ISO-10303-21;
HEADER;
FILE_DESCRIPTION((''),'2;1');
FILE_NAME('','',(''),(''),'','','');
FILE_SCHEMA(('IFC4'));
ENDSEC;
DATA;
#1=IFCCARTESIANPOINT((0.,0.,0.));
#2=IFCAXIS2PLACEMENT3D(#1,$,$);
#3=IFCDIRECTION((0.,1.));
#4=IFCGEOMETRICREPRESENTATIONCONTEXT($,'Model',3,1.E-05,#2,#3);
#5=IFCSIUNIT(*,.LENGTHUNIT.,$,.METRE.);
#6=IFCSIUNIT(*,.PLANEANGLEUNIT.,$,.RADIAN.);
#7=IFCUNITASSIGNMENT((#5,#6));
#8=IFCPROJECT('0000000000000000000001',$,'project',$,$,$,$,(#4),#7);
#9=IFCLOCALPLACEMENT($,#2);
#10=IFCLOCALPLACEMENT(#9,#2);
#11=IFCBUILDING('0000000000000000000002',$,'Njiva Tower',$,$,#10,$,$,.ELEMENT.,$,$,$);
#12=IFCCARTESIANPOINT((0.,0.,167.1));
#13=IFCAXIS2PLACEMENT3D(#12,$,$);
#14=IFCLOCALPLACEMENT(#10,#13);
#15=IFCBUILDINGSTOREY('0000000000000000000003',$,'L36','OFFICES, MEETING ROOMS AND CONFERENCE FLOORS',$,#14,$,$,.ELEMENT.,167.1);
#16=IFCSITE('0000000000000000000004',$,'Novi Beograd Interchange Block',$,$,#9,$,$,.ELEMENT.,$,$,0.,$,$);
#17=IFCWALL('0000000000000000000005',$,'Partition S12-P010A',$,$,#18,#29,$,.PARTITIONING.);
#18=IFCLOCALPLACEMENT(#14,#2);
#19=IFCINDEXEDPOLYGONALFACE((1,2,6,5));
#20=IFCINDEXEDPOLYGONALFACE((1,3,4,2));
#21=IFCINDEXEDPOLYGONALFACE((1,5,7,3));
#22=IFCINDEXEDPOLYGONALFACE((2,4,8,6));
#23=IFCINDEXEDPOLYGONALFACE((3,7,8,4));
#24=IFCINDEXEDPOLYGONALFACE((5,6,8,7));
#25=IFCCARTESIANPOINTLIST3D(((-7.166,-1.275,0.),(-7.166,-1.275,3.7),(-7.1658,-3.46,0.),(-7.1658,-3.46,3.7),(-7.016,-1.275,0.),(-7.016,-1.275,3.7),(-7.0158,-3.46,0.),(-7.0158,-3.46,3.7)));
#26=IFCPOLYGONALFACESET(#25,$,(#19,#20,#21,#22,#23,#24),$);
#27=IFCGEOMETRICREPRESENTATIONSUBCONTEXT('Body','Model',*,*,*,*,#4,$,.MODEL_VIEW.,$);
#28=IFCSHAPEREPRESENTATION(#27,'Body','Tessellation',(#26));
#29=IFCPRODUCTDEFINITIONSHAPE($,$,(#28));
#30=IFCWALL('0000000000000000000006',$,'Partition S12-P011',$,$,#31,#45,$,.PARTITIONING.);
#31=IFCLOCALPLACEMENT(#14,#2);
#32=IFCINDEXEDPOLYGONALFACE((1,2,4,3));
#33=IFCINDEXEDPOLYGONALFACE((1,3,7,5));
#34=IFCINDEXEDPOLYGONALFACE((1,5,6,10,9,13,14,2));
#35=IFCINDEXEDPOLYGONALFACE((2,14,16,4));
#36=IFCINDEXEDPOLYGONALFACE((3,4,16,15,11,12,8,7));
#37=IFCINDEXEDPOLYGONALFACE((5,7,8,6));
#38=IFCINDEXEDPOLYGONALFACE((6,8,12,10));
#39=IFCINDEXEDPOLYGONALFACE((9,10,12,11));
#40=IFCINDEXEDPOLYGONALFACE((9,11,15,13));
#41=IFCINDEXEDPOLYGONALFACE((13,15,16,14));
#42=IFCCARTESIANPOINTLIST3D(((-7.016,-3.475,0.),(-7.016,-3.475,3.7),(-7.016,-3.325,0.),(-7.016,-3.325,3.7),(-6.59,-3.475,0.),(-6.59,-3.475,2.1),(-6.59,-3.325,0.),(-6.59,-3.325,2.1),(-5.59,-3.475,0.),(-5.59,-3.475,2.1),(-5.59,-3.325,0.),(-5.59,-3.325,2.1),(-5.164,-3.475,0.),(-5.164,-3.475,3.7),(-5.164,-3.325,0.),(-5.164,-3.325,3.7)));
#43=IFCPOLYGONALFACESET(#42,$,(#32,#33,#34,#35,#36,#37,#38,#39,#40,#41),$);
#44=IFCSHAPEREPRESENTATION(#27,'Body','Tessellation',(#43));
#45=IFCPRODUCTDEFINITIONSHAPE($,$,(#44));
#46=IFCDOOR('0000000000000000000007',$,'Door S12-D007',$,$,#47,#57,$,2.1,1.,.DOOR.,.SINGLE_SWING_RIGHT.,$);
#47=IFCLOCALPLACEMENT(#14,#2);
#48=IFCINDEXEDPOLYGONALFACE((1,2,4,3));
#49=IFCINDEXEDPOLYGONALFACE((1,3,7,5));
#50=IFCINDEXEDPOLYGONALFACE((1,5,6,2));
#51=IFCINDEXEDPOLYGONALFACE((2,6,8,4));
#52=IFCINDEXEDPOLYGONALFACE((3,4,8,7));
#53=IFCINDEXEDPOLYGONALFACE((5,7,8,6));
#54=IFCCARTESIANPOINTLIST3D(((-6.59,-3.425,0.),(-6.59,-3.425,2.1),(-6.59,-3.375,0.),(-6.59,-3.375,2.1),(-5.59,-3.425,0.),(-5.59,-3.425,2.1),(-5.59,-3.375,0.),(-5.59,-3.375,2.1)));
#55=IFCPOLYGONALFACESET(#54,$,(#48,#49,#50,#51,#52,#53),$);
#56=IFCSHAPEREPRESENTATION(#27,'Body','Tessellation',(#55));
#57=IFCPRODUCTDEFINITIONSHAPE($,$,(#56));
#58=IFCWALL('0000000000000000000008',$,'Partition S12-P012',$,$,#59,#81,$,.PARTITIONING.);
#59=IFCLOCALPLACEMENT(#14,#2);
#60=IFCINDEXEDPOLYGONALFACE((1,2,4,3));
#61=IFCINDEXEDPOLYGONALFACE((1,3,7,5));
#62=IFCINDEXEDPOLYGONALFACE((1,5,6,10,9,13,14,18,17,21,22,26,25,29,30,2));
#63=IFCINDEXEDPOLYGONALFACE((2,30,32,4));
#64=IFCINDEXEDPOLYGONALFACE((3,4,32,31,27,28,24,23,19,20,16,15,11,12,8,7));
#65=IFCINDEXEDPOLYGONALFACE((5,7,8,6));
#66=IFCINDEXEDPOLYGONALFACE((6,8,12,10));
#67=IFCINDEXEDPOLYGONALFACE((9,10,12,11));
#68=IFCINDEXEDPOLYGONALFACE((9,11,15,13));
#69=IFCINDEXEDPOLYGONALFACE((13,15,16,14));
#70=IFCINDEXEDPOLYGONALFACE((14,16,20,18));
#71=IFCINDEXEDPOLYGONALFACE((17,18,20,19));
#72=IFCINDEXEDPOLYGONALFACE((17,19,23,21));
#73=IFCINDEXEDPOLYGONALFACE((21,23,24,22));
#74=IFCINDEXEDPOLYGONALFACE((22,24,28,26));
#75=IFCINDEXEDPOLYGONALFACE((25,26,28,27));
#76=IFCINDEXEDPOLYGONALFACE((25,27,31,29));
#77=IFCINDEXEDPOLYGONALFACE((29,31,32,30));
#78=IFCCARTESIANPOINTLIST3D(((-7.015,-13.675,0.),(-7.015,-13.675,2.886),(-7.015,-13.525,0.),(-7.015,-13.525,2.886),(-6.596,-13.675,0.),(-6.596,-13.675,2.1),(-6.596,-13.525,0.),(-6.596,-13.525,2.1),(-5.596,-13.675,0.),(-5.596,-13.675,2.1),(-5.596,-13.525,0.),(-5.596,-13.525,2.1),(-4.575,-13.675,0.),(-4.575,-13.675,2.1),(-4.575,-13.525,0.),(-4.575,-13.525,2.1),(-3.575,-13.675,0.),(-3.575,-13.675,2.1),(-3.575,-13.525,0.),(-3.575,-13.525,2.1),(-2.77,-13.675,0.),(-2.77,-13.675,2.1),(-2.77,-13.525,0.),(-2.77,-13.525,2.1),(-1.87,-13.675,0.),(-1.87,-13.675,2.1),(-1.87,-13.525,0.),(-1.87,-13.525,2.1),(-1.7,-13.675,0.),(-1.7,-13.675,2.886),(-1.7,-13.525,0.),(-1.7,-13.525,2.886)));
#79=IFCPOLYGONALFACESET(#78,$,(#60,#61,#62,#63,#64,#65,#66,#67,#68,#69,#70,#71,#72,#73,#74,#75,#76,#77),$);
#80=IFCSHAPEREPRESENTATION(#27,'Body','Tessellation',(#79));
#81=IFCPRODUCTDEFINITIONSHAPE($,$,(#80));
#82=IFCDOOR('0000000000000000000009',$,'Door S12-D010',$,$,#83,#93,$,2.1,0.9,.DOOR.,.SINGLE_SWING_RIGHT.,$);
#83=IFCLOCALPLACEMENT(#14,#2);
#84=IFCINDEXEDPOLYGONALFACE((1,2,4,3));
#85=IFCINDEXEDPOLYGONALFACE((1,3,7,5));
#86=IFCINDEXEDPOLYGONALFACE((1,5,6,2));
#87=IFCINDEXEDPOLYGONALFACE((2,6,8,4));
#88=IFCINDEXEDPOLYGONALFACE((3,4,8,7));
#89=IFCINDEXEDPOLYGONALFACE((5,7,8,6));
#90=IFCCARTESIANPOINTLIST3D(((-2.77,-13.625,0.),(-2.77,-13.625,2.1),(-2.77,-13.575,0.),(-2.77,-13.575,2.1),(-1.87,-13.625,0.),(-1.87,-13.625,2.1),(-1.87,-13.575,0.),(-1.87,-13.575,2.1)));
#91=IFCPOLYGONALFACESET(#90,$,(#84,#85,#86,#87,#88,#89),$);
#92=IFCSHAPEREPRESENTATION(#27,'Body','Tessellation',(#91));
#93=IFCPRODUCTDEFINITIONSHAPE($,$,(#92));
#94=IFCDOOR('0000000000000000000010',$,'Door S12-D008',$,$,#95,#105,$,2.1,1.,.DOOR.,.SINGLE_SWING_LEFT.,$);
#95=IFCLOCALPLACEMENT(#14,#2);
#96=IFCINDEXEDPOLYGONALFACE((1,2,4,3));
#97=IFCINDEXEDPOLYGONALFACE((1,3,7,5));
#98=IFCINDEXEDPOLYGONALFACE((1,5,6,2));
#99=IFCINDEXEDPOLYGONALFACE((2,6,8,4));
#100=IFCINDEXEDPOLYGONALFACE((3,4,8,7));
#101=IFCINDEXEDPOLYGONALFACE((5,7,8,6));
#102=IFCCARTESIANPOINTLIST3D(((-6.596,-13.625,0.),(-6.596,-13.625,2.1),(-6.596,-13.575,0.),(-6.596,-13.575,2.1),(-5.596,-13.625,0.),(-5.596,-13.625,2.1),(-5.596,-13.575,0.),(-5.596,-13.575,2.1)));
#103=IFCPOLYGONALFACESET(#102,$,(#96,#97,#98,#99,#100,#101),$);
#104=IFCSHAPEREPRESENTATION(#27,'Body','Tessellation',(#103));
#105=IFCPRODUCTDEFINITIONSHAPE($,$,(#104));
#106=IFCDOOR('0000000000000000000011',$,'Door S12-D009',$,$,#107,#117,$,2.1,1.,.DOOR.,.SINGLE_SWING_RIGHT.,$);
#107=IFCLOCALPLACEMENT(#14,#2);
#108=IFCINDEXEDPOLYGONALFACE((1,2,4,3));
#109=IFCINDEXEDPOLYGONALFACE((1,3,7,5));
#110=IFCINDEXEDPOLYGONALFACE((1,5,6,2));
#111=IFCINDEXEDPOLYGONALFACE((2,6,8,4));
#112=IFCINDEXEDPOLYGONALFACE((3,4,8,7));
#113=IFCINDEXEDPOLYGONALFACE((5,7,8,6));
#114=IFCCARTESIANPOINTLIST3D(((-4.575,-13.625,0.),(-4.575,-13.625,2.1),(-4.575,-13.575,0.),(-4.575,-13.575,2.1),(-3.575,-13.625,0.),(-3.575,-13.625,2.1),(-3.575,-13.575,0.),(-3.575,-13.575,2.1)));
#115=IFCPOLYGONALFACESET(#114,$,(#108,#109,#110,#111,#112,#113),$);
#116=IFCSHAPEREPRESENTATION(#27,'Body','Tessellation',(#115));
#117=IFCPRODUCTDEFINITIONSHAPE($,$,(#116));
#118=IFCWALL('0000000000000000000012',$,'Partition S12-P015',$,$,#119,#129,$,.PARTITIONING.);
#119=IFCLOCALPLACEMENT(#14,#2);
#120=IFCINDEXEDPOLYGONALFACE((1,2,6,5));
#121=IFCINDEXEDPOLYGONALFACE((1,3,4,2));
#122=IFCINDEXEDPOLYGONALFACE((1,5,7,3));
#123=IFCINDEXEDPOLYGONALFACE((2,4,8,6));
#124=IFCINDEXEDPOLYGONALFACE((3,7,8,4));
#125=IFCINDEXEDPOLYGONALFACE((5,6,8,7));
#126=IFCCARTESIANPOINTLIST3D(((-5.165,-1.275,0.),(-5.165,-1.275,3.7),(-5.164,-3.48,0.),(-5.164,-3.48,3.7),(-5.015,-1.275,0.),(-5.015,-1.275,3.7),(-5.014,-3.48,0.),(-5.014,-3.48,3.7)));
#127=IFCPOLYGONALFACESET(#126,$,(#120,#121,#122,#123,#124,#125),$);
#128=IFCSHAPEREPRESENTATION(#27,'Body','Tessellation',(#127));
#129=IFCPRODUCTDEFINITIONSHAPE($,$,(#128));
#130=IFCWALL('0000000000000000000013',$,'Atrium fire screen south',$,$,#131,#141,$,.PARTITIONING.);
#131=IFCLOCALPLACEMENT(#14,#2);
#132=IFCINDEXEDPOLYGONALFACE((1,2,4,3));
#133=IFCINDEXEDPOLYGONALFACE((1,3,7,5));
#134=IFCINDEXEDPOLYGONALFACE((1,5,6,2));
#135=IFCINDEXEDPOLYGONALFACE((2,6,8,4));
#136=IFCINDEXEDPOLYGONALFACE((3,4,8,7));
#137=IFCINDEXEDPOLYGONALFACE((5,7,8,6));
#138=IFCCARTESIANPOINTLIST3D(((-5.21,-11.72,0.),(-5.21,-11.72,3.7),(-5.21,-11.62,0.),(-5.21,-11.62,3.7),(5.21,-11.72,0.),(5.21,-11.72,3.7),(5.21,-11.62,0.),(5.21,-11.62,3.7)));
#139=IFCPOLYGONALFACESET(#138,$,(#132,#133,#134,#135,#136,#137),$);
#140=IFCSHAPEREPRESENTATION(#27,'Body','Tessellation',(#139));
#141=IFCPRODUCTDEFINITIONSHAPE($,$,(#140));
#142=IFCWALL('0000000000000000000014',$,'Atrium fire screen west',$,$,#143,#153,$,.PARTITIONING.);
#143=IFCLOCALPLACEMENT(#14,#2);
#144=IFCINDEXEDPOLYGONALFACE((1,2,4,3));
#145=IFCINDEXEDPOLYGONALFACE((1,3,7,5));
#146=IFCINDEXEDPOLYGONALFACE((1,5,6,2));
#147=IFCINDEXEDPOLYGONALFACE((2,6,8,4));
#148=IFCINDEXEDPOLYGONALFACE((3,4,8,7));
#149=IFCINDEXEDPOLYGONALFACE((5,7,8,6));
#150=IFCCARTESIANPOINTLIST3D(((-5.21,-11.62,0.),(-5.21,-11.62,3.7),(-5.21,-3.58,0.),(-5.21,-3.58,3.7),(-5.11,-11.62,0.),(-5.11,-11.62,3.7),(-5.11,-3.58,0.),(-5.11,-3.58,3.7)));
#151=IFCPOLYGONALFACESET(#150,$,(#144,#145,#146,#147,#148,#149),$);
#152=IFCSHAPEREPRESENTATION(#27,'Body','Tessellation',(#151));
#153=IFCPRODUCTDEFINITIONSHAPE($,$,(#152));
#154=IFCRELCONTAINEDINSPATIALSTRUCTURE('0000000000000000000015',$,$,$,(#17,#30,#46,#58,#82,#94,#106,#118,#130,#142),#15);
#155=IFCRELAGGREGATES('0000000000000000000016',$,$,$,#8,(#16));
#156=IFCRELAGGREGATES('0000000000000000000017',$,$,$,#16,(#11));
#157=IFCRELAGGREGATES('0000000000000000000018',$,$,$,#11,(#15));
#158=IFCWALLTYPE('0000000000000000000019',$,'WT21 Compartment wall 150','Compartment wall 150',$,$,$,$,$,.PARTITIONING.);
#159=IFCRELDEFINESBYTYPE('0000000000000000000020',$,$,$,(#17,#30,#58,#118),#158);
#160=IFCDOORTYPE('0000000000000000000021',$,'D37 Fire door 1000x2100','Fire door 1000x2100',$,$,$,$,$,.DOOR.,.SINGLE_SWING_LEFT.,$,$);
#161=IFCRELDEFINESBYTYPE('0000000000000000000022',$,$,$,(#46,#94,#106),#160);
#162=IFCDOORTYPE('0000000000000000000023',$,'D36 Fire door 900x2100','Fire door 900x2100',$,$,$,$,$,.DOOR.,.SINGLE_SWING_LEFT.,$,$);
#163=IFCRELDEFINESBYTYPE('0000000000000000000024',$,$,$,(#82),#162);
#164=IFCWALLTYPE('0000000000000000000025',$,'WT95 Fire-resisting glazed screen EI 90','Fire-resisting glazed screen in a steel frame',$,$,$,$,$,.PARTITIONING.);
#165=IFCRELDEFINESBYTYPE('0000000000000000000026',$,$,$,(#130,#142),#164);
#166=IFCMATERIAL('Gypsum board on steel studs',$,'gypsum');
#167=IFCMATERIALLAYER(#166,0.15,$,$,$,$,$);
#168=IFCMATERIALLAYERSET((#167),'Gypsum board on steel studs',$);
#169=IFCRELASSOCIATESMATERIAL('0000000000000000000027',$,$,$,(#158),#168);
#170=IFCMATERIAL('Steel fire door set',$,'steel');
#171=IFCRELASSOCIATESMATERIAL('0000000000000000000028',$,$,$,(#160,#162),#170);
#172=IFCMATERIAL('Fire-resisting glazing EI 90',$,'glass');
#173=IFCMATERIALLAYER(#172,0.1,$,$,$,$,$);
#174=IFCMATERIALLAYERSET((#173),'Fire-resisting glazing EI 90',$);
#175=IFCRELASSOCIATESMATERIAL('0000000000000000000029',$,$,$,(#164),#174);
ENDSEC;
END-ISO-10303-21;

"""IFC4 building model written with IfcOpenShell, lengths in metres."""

from ifc_helpers import new_model, si_unit, direction, frame, frame_2d, origin, place, context, subcontext, project, spatial, rectangle, extrude, material, layer, layer_set, type_object, element, fill, save


model = new_model("IFC4")

# Units and contexts
model_context = context("Model", 3, precision=1e-05, world=origin(), true_north=direction((0.0, 1.0)))
body_context = subcontext(model_context, "Body", "Model", "MODEL_VIEW")
ifc_project = project(units=[si_unit("LENGTHUNIT", "METRE"), si_unit("PLANEANGLEUNIT", "RADIAN")], contexts=[model_context])

# Site, building, storey
site_placement = place(None, origin())
site = spatial("IfcSite", under=ifc_project, at=site_placement, Name="Novi Beograd Interchange Block", CompositionType="ELEMENT", RefElevation=0.0)
building_placement = place(site_placement, origin())
building = spatial("IfcBuilding", under=site, at=building_placement, Name="Njiva Tower", CompositionType="ELEMENT")
storey_placement = place(building_placement, frame((0.0, 0.0, 167.1)))
storey = spatial("IfcBuildingStorey", under=building, at=storey_placement, Name="L36", Description="OFFICES, MEETING ROOMS AND CONFERENCE FLOORS", CompositionType="ELEMENT", Elevation=167.1)

# Wall
ifc_material_1 = material(Name="Gypsum board on steel studs", Category="gypsum")
ifc_layer_1 = layer(ifc_material_1, 0.15)
ifc_layer_set_1 = layer_set([ifc_layer_1], Name="Gypsum board on steel studs")
wall_type_1 = type_object("IfcWallType", Name="WT21 Compartment wall 150", Description="Compartment wall 150", PredefinedType="PARTITIONING", material=ifc_layer_set_1)
wall_1_placement = place(storey_placement, frame((-7.0908, -3.46, 0.0), z_axis=(0.0, 0.0, 1.0), x_axis=(-0.000092, 1.0, 0.0)))
element("IfcWall", 1, at=wall_1_placement, inside=storey, type_object=wall_type_1, Name="Partition S12-P010A", PredefinedType="PARTITIONING", context=body_context, shape_type="SweptSolid", body=[
    extrude(rectangle(XDim=2.185, YDim=0.15, at=frame_2d((1.0925, 0.0))), origin(), (0.0, 0.0, 1.0), 3.7),
])

# Wall, opening, door
wall_2_placement = place(storey_placement, frame((-7.016, -3.4, 0.0), z_axis=(0.0, 0.0, 1.0), x_axis=(1.0, 0.0, 0.0)))
wall_2 = element("IfcWall", 2, at=wall_2_placement, inside=storey, type_object=wall_type_1, Name="Partition S12-P011", PredefinedType="PARTITIONING", context=body_context, shape_type="SweptSolid", body=[
    extrude(rectangle(XDim=1.852, YDim=0.15, at=frame_2d((0.926, 0.0))), origin(), (0.0, 0.0, 1.0), 3.7),
])
opening_1_placement = place(wall_2_placement, frame((0.426, 0.0, 0.0)))
opening_1 = element("IfcOpeningElement", 3, at=opening_1_placement, cuts=wall_2, PredefinedType="OPENING", context=body_context, shape_type="SweptSolid", body=[
    extrude(rectangle(XDim=1.0, YDim=2.1, at=frame_2d((0.5, 1.05))), frame((0.0, 0.085, 0.0), z_axis=(0.0, -1.0, 0.0), x_axis=(1.0, 0.0, 0.0)), (0.0, 0.0, 1.0), 0.17),
])
ifc_material_2 = material(Name="Steel fire door set", Category="steel")
door_type_1 = type_object("IfcDoorType", Name="D37 Fire door 1000x2100", Description="Fire door 1000x2100", OperationType="SINGLE_SWING_LEFT", PredefinedType="DOOR", material=ifc_material_2)
door_1_placement = place(opening_1_placement, origin())
door_1 = element("IfcDoor", 4, at=door_1_placement, inside=storey, type_object=door_type_1, Name="Door S12-D007", OperationType="SINGLE_SWING_RIGHT", OverallHeight=2.1, OverallWidth=1.0, PredefinedType="DOOR", context=body_context, shape_type="SweptSolid", body=[
    extrude(rectangle(XDim=1.0, YDim=2.1, at=frame_2d((0.5, 1.05))), frame((0.0, 0.025, 0.0), z_axis=(0.0, -1.0, 0.0), x_axis=(1.0, 0.0, 0.0)), (0.0, 0.0, 1.0), 0.05),
])
fill(opening_1, door_1)

# Wall, openings, doors
wall_3_placement = place(storey_placement, frame((-7.015, -13.6, 0.0), z_axis=(0.0, 0.0, 1.0), x_axis=(1.0, 0.0, 0.0)))
wall_3 = element("IfcWall", 5, at=wall_3_placement, inside=storey, type_object=wall_type_1, Name="Partition S12-P012", PredefinedType="PARTITIONING", context=body_context, shape_type="SweptSolid", body=[
    extrude(rectangle(XDim=5.315, YDim=0.15, at=frame_2d((2.6575, 0.0))), origin(), (0.0, 0.0, 1.0), 2.886),
])
opening_2_placement = place(wall_3_placement, frame((0.419, 0.0, 0.0)))
opening_2 = element("IfcOpeningElement", 6, at=opening_2_placement, cuts=wall_3, PredefinedType="OPENING", context=body_context, shape_type="SweptSolid", body=[
    extrude(rectangle(XDim=1.0, YDim=2.1, at=frame_2d((0.5, 1.05))), frame((0.0, 0.085, 0.0), z_axis=(0.0, -1.0, 0.0), x_axis=(1.0, 0.0, 0.0)), (0.0, 0.0, 1.0), 0.17),
])
opening_3_placement = place(wall_3_placement, frame((2.44, 0.0, 0.0)))
opening_3 = element("IfcOpeningElement", 7, at=opening_3_placement, cuts=wall_3, PredefinedType="OPENING", context=body_context, shape_type="SweptSolid", body=[
    extrude(rectangle(XDim=1.0, YDim=2.1, at=frame_2d((0.5, 1.05))), frame((0.0, 0.085, 0.0), z_axis=(0.0, -1.0, 0.0), x_axis=(1.0, 0.0, 0.0)), (0.0, 0.0, 1.0), 0.17),
])
opening_4_placement = place(wall_3_placement, frame((4.245, 0.0, 0.0)))
opening_4 = element("IfcOpeningElement", 8, at=opening_4_placement, cuts=wall_3, PredefinedType="OPENING", context=body_context, shape_type="SweptSolid", body=[
    extrude(rectangle(XDim=0.9, YDim=2.1, at=frame_2d((0.45, 1.05))), frame((0.0, 0.085, 0.0), z_axis=(0.0, -1.0, 0.0), x_axis=(1.0, 0.0, 0.0)), (0.0, 0.0, 1.0), 0.17),
])
door_type_2 = type_object("IfcDoorType", Name="D36 Fire door 900x2100", Description="Fire door 900x2100", OperationType="SINGLE_SWING_LEFT", PredefinedType="DOOR", material=ifc_material_2)
door_2_placement = place(opening_4_placement, origin())
door_2 = element("IfcDoor", 9, at=door_2_placement, inside=storey, type_object=door_type_2, Name="Door S12-D010", OperationType="SINGLE_SWING_RIGHT", OverallHeight=2.1, OverallWidth=0.9, PredefinedType="DOOR", context=body_context, shape_type="SweptSolid", body=[
    extrude(rectangle(XDim=0.9, YDim=2.1, at=frame_2d((0.45, 1.05))), frame((0.0, 0.025, 0.0), z_axis=(0.0, -1.0, 0.0), x_axis=(1.0, 0.0, 0.0)), (0.0, 0.0, 1.0), 0.05),
])
fill(opening_4, door_2)
door_3_placement = place(opening_2_placement, origin())
door_3 = element("IfcDoor", 10, at=door_3_placement, inside=storey, type_object=door_type_1, Name="Door S12-D008", OperationType="SINGLE_SWING_LEFT", OverallHeight=2.1, OverallWidth=1.0, PredefinedType="DOOR", context=body_context, shape_type="SweptSolid", body=[
    extrude(rectangle(XDim=1.0, YDim=2.1, at=frame_2d((0.5, 1.05))), frame((0.0, 0.025, 0.0), z_axis=(0.0, -1.0, 0.0), x_axis=(1.0, 0.0, 0.0)), (0.0, 0.0, 1.0), 0.05),
])
fill(opening_2, door_3)
door_4_placement = place(opening_3_placement, origin())
door_4 = element("IfcDoor", 11, at=door_4_placement, inside=storey, type_object=door_type_1, Name="Door S12-D009", OperationType="SINGLE_SWING_RIGHT", OverallHeight=2.1, OverallWidth=1.0, PredefinedType="DOOR", context=body_context, shape_type="SweptSolid", body=[
    extrude(rectangle(XDim=1.0, YDim=2.1, at=frame_2d((0.5, 1.05))), frame((0.0, 0.025, 0.0), z_axis=(0.0, -1.0, 0.0), x_axis=(1.0, 0.0, 0.0)), (0.0, 0.0, 1.0), 0.05),
])
fill(opening_3, door_4)

# Walls
wall_4_placement = place(storey_placement, frame((-5.089, -3.48, 0.0), z_axis=(0.0, 0.0, 1.0), x_axis=(-0.000454, 1.0, 0.0)))
element("IfcWall", 12, at=wall_4_placement, inside=storey, type_object=wall_type_1, Name="Partition S12-P015", PredefinedType="PARTITIONING", context=body_context, shape_type="SweptSolid", body=[
    extrude(rectangle(XDim=2.205, YDim=0.15, at=frame_2d((1.1025, 0.0))), origin(), (0.0, 0.0, 1.0), 3.7),
])
ifc_material_3 = material(Name="Fire-resisting glazing EI 90", Category="glass")
ifc_layer_2 = layer(ifc_material_3, 0.1)
ifc_layer_set_2 = layer_set([ifc_layer_2], Name="Fire-resisting glazing EI 90")
wall_type_2 = type_object("IfcWallType", Name="WT95 Fire-resisting glazed screen EI 90", Description="Fire-resisting glazed screen in a steel frame", PredefinedType="PARTITIONING", material=ifc_layer_set_2)
wall_5_placement = place(storey_placement, frame((-5.21, -11.67, 0.0), z_axis=(0.0, 0.0, 1.0), x_axis=(1.0, 0.0, 0.0)))
element("IfcWall", 13, at=wall_5_placement, inside=storey, type_object=wall_type_2, Name="Atrium fire screen south", PredefinedType="PARTITIONING", context=body_context, shape_type="SweptSolid", body=[
    extrude(rectangle(XDim=10.42, YDim=0.1, at=frame_2d((5.21, 0.0))), origin(), (0.0, 0.0, 1.0), 3.7),
])
wall_6_placement = place(storey_placement, frame((-5.16, -3.58, 0.0), z_axis=(0.0, 0.0, 1.0), x_axis=(0.0, -1.0, 0.0)))
element("IfcWall", 14, at=wall_6_placement, inside=storey, type_object=wall_type_2, Name="Atrium fire screen west", PredefinedType="PARTITIONING", context=body_context, shape_type="SweptSolid", body=[
    extrude(rectangle(XDim=8.04, YDim=0.1, at=frame_2d((4.02, 0.0))), origin(), (0.0, 0.0, 1.0), 3.7),
])

save(model, "model.ifc")
